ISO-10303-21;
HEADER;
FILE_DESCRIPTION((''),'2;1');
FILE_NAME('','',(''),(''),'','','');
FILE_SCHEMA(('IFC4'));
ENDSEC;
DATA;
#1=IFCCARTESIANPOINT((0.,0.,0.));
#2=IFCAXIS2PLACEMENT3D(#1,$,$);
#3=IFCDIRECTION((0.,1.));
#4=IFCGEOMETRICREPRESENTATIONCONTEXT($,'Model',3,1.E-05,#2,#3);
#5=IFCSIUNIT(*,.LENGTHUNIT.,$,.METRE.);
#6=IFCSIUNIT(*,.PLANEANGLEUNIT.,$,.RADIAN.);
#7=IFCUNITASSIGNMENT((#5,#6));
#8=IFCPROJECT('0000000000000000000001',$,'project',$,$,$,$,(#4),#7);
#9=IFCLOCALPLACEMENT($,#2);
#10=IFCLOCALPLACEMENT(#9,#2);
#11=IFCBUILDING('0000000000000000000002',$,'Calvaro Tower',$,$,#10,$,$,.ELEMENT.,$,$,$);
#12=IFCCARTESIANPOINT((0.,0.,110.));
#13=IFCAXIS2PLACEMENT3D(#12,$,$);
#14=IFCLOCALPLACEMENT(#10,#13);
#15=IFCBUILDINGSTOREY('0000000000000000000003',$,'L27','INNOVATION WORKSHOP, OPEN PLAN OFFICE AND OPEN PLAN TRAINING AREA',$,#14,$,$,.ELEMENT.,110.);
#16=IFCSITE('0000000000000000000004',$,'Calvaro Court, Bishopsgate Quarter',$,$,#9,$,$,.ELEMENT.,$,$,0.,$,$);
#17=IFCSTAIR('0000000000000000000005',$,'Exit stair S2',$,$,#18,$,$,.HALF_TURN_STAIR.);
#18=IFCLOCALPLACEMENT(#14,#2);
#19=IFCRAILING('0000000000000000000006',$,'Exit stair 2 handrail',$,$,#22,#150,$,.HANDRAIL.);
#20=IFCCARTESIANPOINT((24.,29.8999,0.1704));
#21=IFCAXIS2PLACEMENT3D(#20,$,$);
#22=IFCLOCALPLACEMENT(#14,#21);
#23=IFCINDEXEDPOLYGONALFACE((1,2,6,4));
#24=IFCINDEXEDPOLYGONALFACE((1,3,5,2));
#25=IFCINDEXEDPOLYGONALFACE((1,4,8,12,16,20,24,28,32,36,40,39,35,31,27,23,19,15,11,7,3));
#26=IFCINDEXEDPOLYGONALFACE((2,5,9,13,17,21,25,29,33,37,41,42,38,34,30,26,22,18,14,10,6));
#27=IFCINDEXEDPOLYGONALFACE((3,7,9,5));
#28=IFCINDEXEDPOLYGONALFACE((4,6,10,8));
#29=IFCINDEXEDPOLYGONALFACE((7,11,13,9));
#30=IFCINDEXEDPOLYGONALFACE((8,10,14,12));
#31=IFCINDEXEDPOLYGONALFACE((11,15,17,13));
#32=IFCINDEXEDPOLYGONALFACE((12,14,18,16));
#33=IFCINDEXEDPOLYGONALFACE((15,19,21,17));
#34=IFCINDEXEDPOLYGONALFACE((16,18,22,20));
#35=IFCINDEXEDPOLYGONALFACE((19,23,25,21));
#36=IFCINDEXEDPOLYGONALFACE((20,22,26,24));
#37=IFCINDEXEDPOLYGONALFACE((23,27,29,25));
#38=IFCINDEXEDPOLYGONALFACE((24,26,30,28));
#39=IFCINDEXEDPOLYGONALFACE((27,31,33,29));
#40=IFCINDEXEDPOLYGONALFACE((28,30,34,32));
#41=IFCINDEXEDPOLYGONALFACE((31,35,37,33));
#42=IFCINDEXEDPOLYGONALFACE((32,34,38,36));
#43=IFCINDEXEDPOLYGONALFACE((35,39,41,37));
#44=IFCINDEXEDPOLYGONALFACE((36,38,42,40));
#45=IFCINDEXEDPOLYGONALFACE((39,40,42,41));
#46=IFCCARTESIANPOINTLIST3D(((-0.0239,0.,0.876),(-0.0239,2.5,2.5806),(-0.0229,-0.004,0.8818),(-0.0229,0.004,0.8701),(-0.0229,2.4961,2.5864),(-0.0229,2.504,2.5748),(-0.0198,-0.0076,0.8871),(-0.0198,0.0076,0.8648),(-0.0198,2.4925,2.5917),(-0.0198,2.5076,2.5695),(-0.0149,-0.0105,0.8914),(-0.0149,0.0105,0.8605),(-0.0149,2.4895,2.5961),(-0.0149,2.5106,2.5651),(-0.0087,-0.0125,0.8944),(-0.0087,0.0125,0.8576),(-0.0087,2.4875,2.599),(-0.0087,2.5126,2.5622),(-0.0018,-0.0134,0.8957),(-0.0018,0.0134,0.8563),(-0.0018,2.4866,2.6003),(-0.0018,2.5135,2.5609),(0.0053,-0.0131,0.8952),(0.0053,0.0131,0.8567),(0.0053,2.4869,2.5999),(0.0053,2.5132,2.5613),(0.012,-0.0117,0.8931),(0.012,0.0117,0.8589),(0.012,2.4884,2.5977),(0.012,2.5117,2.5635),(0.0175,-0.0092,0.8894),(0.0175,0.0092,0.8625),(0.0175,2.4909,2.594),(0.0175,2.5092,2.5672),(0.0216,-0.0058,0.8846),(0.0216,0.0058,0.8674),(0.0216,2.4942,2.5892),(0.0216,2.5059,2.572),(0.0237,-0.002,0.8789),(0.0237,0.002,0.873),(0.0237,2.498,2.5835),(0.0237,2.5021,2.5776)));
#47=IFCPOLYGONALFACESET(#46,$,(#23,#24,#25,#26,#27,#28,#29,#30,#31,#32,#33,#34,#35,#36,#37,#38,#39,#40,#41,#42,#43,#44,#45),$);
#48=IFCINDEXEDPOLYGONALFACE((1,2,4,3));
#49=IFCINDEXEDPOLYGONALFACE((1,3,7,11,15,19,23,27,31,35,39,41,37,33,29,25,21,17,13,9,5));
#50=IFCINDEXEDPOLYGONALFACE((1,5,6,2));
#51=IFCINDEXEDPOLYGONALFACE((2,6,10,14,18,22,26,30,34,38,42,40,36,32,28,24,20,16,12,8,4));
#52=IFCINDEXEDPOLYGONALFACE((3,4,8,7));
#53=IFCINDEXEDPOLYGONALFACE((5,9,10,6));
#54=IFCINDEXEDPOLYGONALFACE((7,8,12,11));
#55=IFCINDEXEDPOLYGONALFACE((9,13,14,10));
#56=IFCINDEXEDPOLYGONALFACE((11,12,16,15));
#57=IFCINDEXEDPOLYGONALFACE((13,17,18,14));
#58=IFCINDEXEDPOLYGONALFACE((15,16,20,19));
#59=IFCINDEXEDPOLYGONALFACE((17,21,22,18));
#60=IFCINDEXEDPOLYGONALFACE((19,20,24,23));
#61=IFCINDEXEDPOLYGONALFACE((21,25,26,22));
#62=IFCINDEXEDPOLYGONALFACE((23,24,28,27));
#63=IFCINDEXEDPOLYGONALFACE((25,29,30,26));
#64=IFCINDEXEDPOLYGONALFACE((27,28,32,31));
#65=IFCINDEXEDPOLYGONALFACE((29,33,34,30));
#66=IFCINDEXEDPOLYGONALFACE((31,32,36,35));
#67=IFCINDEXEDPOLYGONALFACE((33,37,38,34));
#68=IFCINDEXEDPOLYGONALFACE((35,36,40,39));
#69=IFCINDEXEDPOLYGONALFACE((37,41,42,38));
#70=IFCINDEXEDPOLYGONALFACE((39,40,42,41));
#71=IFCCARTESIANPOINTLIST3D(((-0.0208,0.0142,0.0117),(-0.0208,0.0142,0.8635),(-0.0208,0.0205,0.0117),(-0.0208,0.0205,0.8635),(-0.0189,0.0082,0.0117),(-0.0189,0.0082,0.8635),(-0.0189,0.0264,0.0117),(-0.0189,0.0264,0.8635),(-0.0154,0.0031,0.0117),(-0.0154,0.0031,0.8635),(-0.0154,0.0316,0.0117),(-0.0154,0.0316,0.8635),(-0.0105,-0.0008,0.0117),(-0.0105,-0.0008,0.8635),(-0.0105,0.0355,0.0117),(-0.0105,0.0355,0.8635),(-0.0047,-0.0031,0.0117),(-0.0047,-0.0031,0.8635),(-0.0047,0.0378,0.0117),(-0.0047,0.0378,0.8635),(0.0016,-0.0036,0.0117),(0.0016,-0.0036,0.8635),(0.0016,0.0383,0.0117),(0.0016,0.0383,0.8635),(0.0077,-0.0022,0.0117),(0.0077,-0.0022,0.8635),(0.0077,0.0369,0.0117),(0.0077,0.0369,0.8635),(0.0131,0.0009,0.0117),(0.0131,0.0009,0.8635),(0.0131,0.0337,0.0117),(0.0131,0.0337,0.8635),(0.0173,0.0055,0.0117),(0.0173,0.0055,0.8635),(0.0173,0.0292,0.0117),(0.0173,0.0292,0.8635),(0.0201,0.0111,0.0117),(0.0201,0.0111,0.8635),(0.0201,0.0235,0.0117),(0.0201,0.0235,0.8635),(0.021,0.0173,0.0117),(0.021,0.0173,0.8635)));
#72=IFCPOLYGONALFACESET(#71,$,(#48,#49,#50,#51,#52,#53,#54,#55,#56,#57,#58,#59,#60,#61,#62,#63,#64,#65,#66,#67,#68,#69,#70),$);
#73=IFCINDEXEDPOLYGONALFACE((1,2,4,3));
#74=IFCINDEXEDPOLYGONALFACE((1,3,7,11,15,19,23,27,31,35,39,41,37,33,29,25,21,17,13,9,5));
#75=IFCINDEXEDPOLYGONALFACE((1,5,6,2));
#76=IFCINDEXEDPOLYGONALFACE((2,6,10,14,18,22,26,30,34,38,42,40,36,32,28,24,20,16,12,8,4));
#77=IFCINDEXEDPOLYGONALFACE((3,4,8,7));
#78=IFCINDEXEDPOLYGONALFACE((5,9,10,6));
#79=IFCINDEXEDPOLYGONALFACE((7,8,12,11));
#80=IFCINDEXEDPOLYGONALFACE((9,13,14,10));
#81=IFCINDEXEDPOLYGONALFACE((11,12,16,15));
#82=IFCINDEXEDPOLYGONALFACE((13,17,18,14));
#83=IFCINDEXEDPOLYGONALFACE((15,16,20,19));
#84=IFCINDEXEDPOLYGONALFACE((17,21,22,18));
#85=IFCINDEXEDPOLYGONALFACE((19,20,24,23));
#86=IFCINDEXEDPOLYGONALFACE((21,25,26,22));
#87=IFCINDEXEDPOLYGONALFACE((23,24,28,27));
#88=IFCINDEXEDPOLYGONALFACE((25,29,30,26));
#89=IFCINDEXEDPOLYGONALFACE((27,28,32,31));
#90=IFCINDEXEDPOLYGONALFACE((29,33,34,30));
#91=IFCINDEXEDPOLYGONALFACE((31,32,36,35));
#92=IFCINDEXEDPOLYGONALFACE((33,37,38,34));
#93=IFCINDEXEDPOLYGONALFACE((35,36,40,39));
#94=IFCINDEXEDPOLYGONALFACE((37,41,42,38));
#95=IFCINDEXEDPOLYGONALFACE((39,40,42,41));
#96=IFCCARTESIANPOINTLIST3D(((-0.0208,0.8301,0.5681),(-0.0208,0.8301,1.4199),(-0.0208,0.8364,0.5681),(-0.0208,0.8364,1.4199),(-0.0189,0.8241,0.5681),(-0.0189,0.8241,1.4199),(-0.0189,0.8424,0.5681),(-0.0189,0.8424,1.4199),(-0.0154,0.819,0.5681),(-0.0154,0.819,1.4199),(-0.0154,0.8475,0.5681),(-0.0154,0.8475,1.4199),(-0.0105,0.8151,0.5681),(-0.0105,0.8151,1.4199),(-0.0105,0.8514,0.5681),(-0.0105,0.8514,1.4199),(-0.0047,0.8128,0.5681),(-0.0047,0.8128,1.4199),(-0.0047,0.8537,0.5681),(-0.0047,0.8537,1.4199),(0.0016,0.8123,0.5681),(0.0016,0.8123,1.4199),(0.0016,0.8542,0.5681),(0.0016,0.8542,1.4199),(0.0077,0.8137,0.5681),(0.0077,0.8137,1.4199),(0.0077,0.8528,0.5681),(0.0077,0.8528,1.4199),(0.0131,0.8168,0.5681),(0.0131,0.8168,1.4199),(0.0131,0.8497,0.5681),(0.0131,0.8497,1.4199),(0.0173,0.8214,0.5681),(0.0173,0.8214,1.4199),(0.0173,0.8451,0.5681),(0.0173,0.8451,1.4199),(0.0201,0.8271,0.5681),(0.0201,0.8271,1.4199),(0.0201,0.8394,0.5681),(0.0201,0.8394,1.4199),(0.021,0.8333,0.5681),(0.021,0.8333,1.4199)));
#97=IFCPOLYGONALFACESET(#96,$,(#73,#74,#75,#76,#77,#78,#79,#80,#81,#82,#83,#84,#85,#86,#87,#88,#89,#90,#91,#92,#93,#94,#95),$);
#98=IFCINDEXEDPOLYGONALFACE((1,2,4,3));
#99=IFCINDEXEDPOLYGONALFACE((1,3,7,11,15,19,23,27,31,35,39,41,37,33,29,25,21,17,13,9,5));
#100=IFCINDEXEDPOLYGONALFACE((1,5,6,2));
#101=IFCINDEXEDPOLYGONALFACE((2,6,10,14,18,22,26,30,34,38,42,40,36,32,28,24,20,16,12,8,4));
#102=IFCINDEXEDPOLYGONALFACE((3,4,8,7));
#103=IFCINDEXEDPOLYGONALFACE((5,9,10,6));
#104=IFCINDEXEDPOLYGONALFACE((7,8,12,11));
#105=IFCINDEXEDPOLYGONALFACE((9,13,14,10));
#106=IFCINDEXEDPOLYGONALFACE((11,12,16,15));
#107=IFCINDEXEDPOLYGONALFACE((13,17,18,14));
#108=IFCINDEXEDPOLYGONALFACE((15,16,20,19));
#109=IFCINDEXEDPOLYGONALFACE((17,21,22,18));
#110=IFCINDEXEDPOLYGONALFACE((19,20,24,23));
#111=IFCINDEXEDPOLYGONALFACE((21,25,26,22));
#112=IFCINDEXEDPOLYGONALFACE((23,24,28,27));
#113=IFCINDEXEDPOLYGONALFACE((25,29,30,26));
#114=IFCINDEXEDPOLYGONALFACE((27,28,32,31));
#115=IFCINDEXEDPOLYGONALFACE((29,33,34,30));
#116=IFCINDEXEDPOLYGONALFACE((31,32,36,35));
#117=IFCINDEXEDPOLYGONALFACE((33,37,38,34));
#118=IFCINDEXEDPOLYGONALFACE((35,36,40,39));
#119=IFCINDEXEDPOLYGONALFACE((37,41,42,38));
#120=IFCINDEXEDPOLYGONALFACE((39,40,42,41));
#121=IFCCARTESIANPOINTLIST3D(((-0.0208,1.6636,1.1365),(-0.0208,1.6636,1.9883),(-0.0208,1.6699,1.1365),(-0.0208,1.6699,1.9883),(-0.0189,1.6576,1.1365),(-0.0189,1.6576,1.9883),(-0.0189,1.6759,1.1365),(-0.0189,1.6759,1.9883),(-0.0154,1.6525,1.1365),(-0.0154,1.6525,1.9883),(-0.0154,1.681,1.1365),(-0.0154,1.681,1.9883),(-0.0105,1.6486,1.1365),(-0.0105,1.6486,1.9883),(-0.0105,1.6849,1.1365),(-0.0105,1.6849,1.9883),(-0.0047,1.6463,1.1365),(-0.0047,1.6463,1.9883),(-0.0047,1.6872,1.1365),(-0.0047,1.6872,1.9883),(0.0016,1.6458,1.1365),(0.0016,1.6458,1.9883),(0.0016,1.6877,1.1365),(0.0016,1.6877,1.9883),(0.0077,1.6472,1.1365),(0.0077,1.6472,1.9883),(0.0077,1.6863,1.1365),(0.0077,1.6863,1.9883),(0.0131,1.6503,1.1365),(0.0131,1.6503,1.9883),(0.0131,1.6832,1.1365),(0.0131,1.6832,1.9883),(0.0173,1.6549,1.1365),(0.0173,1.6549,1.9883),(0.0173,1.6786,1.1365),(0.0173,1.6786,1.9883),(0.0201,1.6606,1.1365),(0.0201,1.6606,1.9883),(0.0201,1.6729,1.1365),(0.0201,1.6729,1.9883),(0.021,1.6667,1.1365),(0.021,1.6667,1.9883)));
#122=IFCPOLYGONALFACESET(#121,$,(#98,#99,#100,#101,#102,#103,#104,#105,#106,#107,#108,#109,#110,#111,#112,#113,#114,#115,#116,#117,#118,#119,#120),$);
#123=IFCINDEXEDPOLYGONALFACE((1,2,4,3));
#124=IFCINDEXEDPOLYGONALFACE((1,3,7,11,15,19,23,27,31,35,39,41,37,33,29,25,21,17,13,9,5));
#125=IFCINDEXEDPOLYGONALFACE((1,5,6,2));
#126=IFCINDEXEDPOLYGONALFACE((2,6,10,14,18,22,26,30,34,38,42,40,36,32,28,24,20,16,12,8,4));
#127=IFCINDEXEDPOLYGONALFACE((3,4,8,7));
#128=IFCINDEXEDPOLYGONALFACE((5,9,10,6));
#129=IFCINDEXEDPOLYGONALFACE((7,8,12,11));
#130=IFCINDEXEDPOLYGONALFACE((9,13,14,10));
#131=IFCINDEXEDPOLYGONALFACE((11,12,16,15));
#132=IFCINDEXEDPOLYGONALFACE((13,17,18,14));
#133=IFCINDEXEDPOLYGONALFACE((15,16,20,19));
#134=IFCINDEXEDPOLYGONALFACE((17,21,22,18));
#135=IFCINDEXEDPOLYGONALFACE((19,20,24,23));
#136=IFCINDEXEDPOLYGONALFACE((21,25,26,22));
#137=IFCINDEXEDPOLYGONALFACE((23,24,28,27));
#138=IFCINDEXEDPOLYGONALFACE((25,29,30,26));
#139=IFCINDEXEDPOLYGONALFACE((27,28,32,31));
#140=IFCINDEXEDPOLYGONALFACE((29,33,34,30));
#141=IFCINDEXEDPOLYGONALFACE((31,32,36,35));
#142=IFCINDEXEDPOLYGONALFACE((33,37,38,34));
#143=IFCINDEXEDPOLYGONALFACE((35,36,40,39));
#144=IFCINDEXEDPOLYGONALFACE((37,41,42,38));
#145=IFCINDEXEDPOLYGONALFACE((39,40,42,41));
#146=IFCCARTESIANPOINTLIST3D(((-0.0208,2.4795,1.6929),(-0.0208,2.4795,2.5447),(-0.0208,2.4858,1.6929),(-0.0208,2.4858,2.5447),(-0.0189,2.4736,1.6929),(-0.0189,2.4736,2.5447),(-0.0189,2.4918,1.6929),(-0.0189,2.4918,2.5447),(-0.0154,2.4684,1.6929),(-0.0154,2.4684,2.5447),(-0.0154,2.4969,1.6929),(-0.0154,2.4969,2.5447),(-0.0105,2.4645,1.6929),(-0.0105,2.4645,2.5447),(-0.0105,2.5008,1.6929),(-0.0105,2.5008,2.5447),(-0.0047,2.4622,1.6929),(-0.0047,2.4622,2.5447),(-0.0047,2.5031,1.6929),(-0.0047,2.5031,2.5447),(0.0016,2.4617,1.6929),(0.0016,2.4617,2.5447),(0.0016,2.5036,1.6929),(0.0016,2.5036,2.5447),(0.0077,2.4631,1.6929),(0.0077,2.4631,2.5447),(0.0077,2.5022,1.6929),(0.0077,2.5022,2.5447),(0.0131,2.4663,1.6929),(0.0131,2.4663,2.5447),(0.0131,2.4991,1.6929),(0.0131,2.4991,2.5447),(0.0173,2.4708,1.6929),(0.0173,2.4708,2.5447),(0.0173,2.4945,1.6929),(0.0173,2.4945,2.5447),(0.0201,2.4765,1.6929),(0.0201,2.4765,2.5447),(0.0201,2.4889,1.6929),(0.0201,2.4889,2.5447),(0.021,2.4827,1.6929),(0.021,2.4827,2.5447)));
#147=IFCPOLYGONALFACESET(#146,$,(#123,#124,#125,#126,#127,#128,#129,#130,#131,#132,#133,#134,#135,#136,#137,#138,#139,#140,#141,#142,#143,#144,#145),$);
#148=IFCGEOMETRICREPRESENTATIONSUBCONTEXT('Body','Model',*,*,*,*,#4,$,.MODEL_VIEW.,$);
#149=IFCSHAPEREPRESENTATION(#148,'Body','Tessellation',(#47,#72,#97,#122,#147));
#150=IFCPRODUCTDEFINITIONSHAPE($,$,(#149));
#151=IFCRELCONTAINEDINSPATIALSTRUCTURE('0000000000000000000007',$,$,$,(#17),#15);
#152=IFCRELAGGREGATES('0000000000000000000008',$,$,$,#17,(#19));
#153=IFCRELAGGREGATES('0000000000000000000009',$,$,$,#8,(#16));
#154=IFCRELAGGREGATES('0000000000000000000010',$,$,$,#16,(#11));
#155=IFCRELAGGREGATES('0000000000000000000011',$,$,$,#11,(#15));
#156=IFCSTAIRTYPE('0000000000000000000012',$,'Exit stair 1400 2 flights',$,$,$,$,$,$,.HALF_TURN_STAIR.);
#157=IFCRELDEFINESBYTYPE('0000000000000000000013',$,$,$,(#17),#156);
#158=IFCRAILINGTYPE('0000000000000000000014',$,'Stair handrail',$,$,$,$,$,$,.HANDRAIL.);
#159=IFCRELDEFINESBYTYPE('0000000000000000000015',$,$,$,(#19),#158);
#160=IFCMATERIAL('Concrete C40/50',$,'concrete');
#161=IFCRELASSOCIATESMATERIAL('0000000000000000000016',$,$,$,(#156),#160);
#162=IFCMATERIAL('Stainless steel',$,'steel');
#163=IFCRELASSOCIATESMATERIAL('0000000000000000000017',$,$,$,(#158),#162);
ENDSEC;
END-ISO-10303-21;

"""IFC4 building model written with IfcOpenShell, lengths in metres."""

from ifc_helpers import new_model, si_unit, direction, frame, origin, origin_2d, place, context, subcontext, project, spatial, circle, extrude, material, type_object, element, aggregate, save


model = new_model("IFC4")

# Units and contexts
model_context = context("Model", 3, precision=1e-05, world=origin(), true_north=direction((0.0, 1.0)))
body_context = subcontext(model_context, "Body", "Model", "MODEL_VIEW")
ifc_project = project(units=[si_unit("LENGTHUNIT", "METRE"), si_unit("PLANEANGLEUNIT", "RADIAN")], contexts=[model_context])

# Site, building, storey
site_placement = place(None, origin())
site = spatial("IfcSite", under=ifc_project, at=site_placement, Name="Calvaro Court, Bishopsgate Quarter", CompositionType="ELEMENT", RefElevation=0.0)
building_placement = place(site_placement, origin())
building = spatial("IfcBuilding", under=site, at=building_placement, Name="Calvaro Tower", CompositionType="ELEMENT")
storey_placement = place(building_placement, frame((0.0, 0.0, 110.0)))
storey = spatial("IfcBuildingStorey", under=building, at=storey_placement, Name="L27", Description="INNOVATION WORKSHOP, OPEN PLAN OFFICE AND OPEN PLAN TRAINING AREA", CompositionType="ELEMENT", Elevation=110.0)

# Stair, railing
ifc_material_1 = material(Name="Concrete C40/50", Category="concrete")
stair_type = type_object("IfcStairType", Name="Exit stair 1400 2 flights", PredefinedType="HALF_TURN_STAIR", material=ifc_material_1)
ifc_material_2 = material(Name="Stainless steel", Category="steel")
railing_type = type_object("IfcRailingType", Name="Stair handrail", PredefinedType="HANDRAIL", material=ifc_material_2)
stair_1_placement = place(storey_placement, origin())
stair_1 = element("IfcStair", 1, at=stair_1_placement, inside=storey, type_object=stair_type, Name="Exit stair S2", PredefinedType="HALF_TURN_STAIR")
railing_1_placement = place(storey_placement, frame((24.0, 29.8999, 0.1704)))
railing_1 = element("IfcRailing", 2, at=railing_1_placement, type_object=railing_type, Name="Exit stair 2 handrail", PredefinedType="HANDRAIL", context=body_context, shape_type="SweptSolid", body=[
    extrude(circle(Radius=0.0239, at=origin_2d()), frame((0.0, 0.0, 0.876), z_axis=(0.0, 0.826221, 0.563347), x_axis=(-1.0, 0.0, 0.0)), (0.0, 0.0, 1.0), 3.0259),
    extrude(circle(Radius=0.021, at=origin_2d()), frame((0.0, 0.0173, 0.0117)), (0.0, 0.0, 1.0), 0.8518),
    extrude(circle(Radius=0.021, at=origin_2d()), frame((0.0, 0.8333, 0.5681)), (0.0, 0.0, 1.0), 0.8518),
    extrude(circle(Radius=0.021, at=origin_2d()), frame((0.0, 1.6667, 1.1365)), (0.0, 0.0, 1.0), 0.8518),
    extrude(circle(Radius=0.021, at=origin_2d()), frame((0.0, 2.4827, 1.6929)), (0.0, 0.0, 1.0), 0.8518),
])
aggregate(stair_1, [railing_1])

save(model, "model.ifc")
